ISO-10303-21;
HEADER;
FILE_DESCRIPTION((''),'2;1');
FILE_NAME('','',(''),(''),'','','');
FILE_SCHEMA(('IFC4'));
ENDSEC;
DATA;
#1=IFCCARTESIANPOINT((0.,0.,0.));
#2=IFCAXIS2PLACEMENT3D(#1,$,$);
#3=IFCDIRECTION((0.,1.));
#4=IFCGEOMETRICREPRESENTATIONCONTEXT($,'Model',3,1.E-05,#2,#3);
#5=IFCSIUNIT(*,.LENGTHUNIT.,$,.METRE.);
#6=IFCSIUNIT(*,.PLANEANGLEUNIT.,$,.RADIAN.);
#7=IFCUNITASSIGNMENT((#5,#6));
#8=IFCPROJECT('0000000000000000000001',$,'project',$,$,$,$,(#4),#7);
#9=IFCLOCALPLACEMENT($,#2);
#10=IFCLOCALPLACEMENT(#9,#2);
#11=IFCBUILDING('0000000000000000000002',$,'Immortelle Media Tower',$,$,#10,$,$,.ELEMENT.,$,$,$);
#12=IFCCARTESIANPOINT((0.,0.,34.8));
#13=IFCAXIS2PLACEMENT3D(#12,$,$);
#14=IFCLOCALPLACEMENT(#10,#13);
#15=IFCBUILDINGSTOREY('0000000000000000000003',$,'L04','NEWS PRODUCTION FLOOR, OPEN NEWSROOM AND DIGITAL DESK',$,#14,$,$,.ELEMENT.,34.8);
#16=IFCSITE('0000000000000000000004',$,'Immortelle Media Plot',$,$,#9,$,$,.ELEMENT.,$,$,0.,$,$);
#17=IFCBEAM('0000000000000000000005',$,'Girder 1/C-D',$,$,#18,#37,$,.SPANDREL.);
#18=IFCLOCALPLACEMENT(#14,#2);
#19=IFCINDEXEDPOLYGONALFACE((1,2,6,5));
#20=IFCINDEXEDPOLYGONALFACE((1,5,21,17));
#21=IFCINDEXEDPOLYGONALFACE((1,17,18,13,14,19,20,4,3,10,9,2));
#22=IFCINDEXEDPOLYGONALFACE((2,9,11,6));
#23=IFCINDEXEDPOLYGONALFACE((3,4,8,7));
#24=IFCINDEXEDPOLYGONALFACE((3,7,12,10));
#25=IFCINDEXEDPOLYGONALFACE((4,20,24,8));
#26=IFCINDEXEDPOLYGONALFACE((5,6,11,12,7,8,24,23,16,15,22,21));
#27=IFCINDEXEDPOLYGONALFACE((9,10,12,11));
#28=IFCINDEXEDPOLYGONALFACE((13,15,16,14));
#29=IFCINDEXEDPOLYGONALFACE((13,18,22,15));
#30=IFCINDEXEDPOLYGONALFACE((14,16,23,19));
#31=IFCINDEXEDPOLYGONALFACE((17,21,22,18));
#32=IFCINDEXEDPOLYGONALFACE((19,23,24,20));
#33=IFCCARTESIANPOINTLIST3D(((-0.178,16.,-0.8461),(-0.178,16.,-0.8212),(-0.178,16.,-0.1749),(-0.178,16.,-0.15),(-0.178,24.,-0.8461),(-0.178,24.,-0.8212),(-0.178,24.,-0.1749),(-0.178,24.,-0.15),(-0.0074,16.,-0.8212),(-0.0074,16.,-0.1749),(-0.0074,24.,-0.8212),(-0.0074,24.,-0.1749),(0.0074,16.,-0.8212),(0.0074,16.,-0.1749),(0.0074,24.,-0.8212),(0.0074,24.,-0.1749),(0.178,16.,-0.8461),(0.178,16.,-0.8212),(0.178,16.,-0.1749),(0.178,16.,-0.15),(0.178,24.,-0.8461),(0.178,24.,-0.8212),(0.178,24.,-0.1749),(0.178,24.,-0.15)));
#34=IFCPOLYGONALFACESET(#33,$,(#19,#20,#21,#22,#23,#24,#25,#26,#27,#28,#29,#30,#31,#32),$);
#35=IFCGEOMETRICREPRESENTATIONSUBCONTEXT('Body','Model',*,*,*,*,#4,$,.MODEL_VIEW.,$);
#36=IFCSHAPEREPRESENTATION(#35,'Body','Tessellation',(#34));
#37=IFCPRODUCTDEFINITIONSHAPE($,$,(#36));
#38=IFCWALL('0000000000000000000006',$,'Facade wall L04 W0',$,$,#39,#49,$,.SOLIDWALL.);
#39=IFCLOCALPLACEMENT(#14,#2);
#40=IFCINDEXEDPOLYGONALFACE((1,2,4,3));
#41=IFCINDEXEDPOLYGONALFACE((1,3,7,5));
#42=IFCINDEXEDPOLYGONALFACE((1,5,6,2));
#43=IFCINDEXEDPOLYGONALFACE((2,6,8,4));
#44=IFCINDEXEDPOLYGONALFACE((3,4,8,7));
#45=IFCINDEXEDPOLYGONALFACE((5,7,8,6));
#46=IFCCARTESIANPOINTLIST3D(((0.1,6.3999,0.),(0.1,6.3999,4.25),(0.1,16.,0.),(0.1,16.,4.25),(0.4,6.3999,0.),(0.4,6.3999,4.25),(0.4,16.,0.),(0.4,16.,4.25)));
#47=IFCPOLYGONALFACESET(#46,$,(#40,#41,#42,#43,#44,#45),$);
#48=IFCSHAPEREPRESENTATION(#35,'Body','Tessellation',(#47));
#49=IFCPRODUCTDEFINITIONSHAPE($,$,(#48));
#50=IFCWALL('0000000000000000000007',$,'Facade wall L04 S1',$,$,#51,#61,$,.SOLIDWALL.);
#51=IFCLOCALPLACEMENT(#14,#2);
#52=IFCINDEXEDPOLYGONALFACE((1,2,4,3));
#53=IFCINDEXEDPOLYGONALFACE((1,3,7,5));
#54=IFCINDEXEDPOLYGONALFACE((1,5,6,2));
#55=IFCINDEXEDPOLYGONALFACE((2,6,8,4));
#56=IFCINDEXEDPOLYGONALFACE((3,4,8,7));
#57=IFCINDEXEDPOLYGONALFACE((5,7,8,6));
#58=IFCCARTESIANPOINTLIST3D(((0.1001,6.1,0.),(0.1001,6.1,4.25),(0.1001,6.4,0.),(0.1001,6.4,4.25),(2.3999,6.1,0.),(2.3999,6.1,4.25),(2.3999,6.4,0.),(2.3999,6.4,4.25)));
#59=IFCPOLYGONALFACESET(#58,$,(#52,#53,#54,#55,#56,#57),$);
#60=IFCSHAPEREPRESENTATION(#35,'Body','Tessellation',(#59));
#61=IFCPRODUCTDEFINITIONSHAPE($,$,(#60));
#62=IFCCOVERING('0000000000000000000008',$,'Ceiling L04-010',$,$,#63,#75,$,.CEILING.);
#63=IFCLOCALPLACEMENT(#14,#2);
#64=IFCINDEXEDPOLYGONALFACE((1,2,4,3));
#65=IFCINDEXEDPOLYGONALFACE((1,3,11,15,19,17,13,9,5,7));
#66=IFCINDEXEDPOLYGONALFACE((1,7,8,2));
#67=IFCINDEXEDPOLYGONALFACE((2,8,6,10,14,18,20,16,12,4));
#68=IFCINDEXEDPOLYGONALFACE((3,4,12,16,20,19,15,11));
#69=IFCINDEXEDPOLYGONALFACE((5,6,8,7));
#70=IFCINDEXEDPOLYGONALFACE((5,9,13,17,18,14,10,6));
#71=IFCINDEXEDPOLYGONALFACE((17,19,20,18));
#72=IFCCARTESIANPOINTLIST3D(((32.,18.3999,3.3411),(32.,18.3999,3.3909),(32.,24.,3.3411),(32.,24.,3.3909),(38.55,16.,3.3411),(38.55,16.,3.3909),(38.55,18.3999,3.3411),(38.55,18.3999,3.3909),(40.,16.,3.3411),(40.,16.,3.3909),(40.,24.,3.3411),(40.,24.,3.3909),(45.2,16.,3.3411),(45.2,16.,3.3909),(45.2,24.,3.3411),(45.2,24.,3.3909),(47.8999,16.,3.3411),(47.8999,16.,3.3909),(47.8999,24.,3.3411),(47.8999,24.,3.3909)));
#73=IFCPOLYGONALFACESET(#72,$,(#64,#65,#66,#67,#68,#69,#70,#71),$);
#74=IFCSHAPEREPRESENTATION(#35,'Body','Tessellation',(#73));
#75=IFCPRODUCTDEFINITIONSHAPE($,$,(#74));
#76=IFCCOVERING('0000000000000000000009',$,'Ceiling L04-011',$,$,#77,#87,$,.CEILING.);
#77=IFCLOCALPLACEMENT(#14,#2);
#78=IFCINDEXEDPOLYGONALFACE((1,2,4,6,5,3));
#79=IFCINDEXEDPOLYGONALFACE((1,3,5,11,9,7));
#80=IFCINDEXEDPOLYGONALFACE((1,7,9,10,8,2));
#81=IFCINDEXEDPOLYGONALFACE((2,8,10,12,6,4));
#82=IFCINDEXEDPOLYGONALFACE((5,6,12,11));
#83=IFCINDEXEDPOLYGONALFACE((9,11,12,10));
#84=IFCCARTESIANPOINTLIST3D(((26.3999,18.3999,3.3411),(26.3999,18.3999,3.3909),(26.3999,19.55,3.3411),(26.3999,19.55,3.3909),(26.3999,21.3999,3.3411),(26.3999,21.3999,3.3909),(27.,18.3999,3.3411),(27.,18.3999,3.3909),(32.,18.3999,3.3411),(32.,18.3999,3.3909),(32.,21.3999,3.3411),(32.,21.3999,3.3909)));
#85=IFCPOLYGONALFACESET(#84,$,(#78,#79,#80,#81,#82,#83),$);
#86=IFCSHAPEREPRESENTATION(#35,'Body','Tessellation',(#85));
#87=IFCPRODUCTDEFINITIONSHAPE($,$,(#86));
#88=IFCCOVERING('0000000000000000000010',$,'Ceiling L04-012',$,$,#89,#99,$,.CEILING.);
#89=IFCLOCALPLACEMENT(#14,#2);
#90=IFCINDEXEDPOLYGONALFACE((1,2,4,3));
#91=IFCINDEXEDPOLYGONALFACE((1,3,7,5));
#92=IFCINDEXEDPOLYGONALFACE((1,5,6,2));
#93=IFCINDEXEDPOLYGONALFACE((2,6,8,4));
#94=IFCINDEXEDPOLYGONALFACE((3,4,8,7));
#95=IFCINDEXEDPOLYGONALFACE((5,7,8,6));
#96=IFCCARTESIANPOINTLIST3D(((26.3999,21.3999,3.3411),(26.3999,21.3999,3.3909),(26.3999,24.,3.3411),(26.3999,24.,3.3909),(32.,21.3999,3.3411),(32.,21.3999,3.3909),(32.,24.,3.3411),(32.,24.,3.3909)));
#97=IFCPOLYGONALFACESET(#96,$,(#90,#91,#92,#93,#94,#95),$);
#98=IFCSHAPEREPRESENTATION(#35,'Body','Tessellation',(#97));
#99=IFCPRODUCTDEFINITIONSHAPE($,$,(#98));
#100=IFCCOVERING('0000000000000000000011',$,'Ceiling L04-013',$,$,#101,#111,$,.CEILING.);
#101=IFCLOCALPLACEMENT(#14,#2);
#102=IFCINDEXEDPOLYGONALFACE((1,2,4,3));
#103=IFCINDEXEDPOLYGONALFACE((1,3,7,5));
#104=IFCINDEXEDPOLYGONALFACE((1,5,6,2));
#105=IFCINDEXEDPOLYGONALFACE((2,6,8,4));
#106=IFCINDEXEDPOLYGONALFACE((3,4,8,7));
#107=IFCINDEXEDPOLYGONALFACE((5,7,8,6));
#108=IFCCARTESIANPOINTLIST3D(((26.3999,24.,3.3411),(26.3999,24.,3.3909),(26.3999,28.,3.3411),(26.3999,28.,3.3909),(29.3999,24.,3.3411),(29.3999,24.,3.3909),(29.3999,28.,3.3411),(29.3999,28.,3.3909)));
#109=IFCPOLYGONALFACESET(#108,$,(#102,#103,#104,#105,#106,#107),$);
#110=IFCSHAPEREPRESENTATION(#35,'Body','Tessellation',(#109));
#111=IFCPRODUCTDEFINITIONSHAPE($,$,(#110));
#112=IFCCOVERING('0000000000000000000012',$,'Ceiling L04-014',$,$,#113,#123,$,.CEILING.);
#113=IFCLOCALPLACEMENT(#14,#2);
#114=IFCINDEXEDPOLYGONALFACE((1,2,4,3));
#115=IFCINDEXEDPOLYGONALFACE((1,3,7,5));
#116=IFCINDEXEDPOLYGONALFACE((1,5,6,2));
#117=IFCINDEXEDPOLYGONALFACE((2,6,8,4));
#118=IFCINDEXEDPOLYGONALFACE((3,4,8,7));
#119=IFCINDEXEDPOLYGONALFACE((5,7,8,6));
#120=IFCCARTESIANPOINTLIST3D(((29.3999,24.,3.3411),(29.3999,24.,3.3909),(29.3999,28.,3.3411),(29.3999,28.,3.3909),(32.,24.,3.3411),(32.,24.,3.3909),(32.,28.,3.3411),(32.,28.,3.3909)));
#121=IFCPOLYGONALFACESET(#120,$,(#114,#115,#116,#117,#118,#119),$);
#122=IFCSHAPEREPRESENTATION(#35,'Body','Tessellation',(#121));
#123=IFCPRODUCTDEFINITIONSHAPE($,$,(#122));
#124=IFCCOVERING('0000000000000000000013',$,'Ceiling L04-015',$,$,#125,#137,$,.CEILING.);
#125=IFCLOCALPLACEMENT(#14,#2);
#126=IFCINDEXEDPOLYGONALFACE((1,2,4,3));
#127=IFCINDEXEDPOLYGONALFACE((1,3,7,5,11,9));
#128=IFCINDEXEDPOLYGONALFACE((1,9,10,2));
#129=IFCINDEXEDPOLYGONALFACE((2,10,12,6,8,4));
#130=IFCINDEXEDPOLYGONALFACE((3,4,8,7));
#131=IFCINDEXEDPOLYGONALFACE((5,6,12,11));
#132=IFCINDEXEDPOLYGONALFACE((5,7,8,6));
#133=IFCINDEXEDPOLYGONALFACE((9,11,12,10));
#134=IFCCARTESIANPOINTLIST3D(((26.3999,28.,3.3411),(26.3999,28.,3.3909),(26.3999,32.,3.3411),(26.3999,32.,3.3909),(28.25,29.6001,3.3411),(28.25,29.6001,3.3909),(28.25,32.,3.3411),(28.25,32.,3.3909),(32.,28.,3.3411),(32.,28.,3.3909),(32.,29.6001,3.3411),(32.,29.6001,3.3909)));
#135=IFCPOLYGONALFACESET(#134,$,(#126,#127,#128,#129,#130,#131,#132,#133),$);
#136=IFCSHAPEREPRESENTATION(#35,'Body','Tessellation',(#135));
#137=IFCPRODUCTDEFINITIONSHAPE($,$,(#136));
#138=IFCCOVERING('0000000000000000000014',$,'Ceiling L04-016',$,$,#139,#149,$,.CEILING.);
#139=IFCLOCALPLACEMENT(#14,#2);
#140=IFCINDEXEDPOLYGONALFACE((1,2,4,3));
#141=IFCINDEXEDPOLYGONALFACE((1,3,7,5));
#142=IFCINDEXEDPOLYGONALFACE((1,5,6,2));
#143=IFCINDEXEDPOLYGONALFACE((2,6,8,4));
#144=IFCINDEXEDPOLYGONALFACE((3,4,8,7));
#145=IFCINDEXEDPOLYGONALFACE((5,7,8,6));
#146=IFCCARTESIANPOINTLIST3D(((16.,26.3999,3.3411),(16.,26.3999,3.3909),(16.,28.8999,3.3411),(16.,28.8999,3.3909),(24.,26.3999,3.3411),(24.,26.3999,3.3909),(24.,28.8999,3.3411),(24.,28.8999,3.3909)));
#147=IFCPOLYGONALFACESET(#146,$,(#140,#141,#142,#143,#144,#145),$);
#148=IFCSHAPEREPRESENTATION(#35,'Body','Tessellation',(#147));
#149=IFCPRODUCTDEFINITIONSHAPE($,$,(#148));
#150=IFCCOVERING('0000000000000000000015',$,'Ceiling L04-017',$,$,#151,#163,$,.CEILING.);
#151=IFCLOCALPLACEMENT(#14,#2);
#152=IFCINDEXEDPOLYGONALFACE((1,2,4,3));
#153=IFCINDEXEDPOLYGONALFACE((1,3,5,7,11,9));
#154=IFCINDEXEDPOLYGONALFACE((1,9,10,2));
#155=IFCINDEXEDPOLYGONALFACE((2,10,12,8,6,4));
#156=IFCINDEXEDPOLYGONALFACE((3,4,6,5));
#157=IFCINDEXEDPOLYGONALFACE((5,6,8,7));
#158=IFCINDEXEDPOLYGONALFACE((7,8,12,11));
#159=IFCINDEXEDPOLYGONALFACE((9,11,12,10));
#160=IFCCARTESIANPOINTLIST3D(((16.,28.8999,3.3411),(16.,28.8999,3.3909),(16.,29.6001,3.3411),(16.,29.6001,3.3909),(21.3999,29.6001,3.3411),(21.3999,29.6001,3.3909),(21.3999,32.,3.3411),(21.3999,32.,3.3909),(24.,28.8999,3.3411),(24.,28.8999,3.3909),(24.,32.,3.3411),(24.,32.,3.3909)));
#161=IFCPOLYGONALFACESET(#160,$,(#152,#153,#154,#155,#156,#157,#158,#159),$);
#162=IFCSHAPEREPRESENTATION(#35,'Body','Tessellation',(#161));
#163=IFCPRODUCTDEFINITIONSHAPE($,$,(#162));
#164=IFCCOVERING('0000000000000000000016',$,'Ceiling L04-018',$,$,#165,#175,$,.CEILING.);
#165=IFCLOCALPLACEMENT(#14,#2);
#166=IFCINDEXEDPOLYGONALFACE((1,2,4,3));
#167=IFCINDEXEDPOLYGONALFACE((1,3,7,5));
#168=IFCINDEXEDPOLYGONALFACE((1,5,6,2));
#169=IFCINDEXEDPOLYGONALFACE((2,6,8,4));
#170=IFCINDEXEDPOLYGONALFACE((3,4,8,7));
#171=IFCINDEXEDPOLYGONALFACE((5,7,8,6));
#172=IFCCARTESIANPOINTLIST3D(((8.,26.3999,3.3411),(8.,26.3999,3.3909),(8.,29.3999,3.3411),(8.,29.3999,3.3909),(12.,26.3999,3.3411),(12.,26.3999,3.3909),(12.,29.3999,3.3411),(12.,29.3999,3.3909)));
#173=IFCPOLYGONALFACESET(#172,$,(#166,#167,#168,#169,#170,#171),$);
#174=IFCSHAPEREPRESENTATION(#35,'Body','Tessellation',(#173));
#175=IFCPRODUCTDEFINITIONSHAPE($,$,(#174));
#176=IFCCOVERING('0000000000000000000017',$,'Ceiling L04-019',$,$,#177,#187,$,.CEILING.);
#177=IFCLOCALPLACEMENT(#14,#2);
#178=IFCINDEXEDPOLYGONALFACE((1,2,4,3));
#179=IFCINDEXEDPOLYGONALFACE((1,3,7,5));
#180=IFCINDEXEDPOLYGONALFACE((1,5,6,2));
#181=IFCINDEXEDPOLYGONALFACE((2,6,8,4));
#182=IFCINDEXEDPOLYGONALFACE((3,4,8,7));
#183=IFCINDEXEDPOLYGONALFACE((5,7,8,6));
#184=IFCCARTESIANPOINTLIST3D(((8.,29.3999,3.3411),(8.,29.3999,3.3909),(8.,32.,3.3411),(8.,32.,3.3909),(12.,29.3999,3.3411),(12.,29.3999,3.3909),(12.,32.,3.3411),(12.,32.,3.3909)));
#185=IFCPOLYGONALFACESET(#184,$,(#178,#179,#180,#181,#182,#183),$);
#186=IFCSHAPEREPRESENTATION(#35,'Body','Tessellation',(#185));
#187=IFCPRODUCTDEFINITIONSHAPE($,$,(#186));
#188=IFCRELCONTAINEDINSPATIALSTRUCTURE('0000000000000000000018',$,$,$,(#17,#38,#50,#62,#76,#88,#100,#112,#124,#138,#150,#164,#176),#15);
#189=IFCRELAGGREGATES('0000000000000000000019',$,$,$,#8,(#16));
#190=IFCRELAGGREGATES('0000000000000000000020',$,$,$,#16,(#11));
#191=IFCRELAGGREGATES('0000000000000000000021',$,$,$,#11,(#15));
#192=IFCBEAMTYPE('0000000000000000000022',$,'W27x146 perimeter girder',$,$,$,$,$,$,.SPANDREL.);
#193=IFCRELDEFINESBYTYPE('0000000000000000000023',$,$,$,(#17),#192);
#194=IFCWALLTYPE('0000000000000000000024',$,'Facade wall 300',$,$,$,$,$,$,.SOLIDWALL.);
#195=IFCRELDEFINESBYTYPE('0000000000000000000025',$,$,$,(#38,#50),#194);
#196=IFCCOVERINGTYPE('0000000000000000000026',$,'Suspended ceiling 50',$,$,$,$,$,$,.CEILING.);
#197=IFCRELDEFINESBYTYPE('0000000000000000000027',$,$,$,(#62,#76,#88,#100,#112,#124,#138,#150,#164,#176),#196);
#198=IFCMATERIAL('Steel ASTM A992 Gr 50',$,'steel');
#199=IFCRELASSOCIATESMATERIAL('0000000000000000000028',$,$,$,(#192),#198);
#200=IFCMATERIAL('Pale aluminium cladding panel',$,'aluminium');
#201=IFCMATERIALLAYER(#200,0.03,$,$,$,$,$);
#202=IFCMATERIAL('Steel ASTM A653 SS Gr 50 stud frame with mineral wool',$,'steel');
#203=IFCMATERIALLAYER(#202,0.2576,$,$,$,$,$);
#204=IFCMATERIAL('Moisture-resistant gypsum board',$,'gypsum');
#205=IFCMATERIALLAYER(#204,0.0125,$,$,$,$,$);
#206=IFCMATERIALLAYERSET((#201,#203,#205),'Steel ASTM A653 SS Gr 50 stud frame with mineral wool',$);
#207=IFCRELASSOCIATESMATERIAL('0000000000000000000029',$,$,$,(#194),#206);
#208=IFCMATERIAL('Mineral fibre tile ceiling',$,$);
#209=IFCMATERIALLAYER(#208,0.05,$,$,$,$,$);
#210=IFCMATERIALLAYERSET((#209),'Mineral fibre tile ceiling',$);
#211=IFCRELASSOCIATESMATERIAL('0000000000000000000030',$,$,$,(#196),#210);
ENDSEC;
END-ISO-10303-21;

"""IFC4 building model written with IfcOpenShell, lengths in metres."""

from ifc_helpers import new_model, si_unit, direction, frame, frame_2d, origin, origin_2d, place, context, subcontext, project, spatial, polyline, rectangle, i_section, outline, extrude, material, layer, layer_set, material_profile, profile_set, type_object, element, save


model = new_model("IFC4")

# Units and contexts
model_context = context("Model", 3, precision=1e-05, world=origin(), true_north=direction((0.0, 1.0)))
body_context = subcontext(model_context, "Body", "Model", "MODEL_VIEW")
ifc_project = project(units=[si_unit("LENGTHUNIT", "METRE"), si_unit("PLANEANGLEUNIT", "RADIAN")], contexts=[model_context])

# Site, building, storey
site_placement = place(None, origin())
site = spatial("IfcSite", under=ifc_project, at=site_placement, Name="Immortelle Media Plot", CompositionType="ELEMENT", RefElevation=0.0)
building_placement = place(site_placement, origin())
building = spatial("IfcBuilding", under=site, at=building_placement, Name="Immortelle Media Tower", CompositionType="ELEMENT")
storey_placement = place(building_placement, frame((0.0, 0.0, 34.8)))
storey = spatial("IfcBuildingStorey", under=building, at=storey_placement, Name="L04", Description="NEWS PRODUCTION FLOOR, OPEN NEWSROOM AND DIGITAL DESK", CompositionType="ELEMENT", Elevation=34.8)

# Shared definitions
ifc_material_1 = material(Name="Steel ASTM A992 Gr 50", Category="steel")

# Beam
ifc_material_profile_1 = material_profile(ifc_material_1, i_section(OverallWidth=0.356, OverallDepth=0.696, WebThickness=0.0149, FlangeThickness=0.0249, at=origin_2d()), Name="W27x146")
ifc_profile_set_1 = profile_set([ifc_material_profile_1], Name="Steel ASTM A992 Gr 50")
beam_type_1 = type_object("IfcBeamType", Name="W27x146 perimeter girder", PredefinedType="SPANDREL", material=ifc_profile_set_1)
for number, where, z_axis, x_axis, name in (
    (1, (0.0, 16.0, -0.498), (0.0, 1.0, 0.0), (-1.0, 0.0, 0.0), "Girder 1/C-D"),
):
    element("IfcBeam", number, at=place(storey_placement, frame(where, z_axis=z_axis, x_axis=x_axis)), inside=storey, type_object=beam_type_1, Name=name, PredefinedType="SPANDREL", context=body_context, shape_type="SweptSolid", body=[
        extrude(i_section(OverallWidth=0.356, OverallDepth=0.696, WebThickness=0.0149, FlangeThickness=0.0249, at=origin_2d()), origin(), (0.0, 0.0, 1.0), 8.0),
    ])

# Walls
ifc_material_2 = material(Name="Pale aluminium cladding panel", Category="aluminium")
ifc_layer_1 = layer(ifc_material_2, 0.03)
ifc_material_3 = material(Name="Steel ASTM A653 SS Gr 50 stud frame with mineral wool", Category="steel")
ifc_layer_2 = layer(ifc_material_3, 0.2576)
ifc_material_4 = material(Name="Moisture-resistant gypsum board", Category="gypsum")
ifc_layer_3 = layer(ifc_material_4, 0.0125)
ifc_layer_set_1 = layer_set([ifc_layer_1, ifc_layer_2, ifc_layer_3], Name="Steel ASTM A653 SS Gr 50 stud frame with mineral wool")
wall_type = type_object("IfcWallType", Name="Facade wall 300", PredefinedType="SOLIDWALL", material=ifc_layer_set_1)
wall_1_placement = place(storey_placement, frame((0.25, 16.0, 0.0), z_axis=(0.0, 0.0, 1.0), x_axis=(0.0, -1.0, 0.0)))
element("IfcWall", 2, at=wall_1_placement, inside=storey, type_object=wall_type, Name="Facade wall L04 W0", PredefinedType="SOLIDWALL", context=body_context, shape_type="SweptSolid", body=[
    extrude(rectangle(XDim=9.6001, YDim=0.3, at=frame_2d((4.8, 0.0))), origin(), (0.0, 0.0, 1.0), 4.25),
])
wall_2_placement = place(storey_placement, frame((0.1001, 6.25, 0.0), z_axis=(0.0, 0.0, 1.0), x_axis=(1.0, 0.0, 0.0)))
element("IfcWall", 3, at=wall_2_placement, inside=storey, type_object=wall_type, Name="Facade wall L04 S1", PredefinedType="SOLIDWALL", context=body_context, shape_type="SweptSolid", body=[
    extrude(rectangle(XDim=2.2998, YDim=0.3, at=frame_2d((1.1499, 0.0))), origin(), (0.0, 0.0, 1.0), 4.25),
])

# Coverings
ifc_material_5 = material(Name="Mineral fibre tile ceiling")
ifc_layer_4 = layer(ifc_material_5, 0.05)
ifc_layer_set_2 = layer_set([ifc_layer_4], Name="Mineral fibre tile ceiling")
covering_type = type_object("IfcCoveringType", Name="Suspended ceiling 50", PredefinedType="CEILING", material=ifc_layer_set_2)
covering_1_placement = place(storey_placement, frame((0.0, 0.0, 3.3411)))
element("IfcCovering", 4, at=covering_1_placement, inside=storey, type_object=covering_type, Name="Ceiling L04-010", PredefinedType="CEILING", context=body_context, shape_type="SweptSolid", body=[
    extrude(outline(polyline([(38.55, 16.0), (38.55, 18.3999), (32.0, 18.3999), (32.0, 24.0), (40.0, 24.0), (45.2, 24.0), (47.8999, 24.0), (47.8999, 16.0), (45.2, 16.0), (40.0, 16.0), (38.55, 16.0)])), origin(), (0.0, 0.0, 1.0), 0.0498),
])
covering_2_placement = place(storey_placement, frame((0.0, 0.0, 3.3411)))
element("IfcCovering", 5, at=covering_2_placement, inside=storey, type_object=covering_type, Name="Ceiling L04-011", PredefinedType="CEILING", context=body_context, shape_type="SweptSolid", body=[
    extrude(outline(polyline([(27.0, 18.3999), (26.3999, 18.3999), (26.3999, 19.55), (26.3999, 21.3999), (32.0, 21.3999), (32.0, 18.3999), (27.0, 18.3999)])), origin(), (0.0, 0.0, 1.0), 0.0498),
])
covering_3_placement = place(storey_placement, frame((0.0, 0.0, 3.3411)))
element("IfcCovering", 6, at=covering_3_placement, inside=storey, type_object=covering_type, Name="Ceiling L04-012", PredefinedType="CEILING", context=body_context, shape_type="SweptSolid", body=[
    extrude(outline(polyline([(26.3999, 24.0), (32.0, 24.0), (32.0, 21.3999), (26.3999, 21.3999), (26.3999, 24.0)])), origin(), (0.0, 0.0, 1.0), 0.0498),
])
covering_4_placement = place(storey_placement, frame((0.0, 0.0, 3.3411)))
element("IfcCovering", 7, at=covering_4_placement, inside=storey, type_object=covering_type, Name="Ceiling L04-013", PredefinedType="CEILING", context=body_context, shape_type="SweptSolid", body=[
    extrude(outline(polyline([(29.3999, 28.0), (29.3999, 24.0), (26.3999, 24.0), (26.3999, 28.0), (29.3999, 28.0)])), origin(), (0.0, 0.0, 1.0), 0.0498),
])
covering_5_placement = place(storey_placement, frame((0.0, 0.0, 3.3411)))
element("IfcCovering", 8, at=covering_5_placement, inside=storey, type_object=covering_type, Name="Ceiling L04-014", PredefinedType="CEILING", context=body_context, shape_type="SweptSolid", body=[
    extrude(outline(polyline([(32.0, 28.0), (32.0, 24.0), (29.3999, 24.0), (29.3999, 28.0), (32.0, 28.0)])), origin(), (0.0, 0.0, 1.0), 0.0498),
])
covering_6_placement = place(storey_placement, frame((0.0, 0.0, 3.3411)))
element("IfcCovering", 9, at=covering_6_placement, inside=storey, type_object=covering_type, Name="Ceiling L04-015", PredefinedType="CEILING", context=body_context, shape_type="SweptSolid", body=[
    extrude(outline(polyline([(26.3999, 32.0), (28.25, 32.0), (28.25, 29.6001), (32.0, 29.6001), (32.0, 28.0), (26.3999, 28.0), (26.3999, 32.0)])), origin(), (0.0, 0.0, 1.0), 0.0498),
])
covering_7_placement = place(storey_placement, frame((0.0, 0.0, 3.3411)))
element("IfcCovering", 10, at=covering_7_placement, inside=storey, type_object=covering_type, Name="Ceiling L04-016", PredefinedType="CEILING", context=body_context, shape_type="SweptSolid", body=[
    extrude(outline(polyline([(16.0, 28.8999), (24.0, 28.8999), (24.0, 26.3999), (16.0, 26.3999), (16.0, 28.8999)])), origin(), (0.0, 0.0, 1.0), 0.0498),
])
covering_8_placement = place(storey_placement, frame((0.0, 0.0, 3.3411)))
element("IfcCovering", 11, at=covering_8_placement, inside=storey, type_object=covering_type, Name="Ceiling L04-017", PredefinedType="CEILING", context=body_context, shape_type="SweptSolid", body=[
    extrude(outline(polyline([(16.0, 29.6001), (21.3999, 29.6001), (21.3999, 32.0), (24.0, 32.0), (24.0, 28.8999), (16.0, 28.8999), (16.0, 29.6001)])), origin(), (0.0, 0.0, 1.0), 0.0498),
])
covering_9_placement = place(storey_placement, frame((0.0, 0.0, 3.3411)))
element("IfcCovering", 12, at=covering_9_placement, inside=storey, type_object=covering_type, Name="Ceiling L04-018", PredefinedType="CEILING", context=body_context, shape_type="SweptSolid", body=[
    extrude(outline(polyline([(12.0, 26.3999), (8.0, 26.3999), (8.0, 29.3999), (12.0, 29.3999), (12.0, 26.3999)])), origin(), (0.0, 0.0, 1.0), 0.0498),
])
covering_10_placement = place(storey_placement, frame((0.0, 0.0, 3.3411)))
element("IfcCovering", 13, at=covering_10_placement, inside=storey, type_object=covering_type, Name="Ceiling L04-019", PredefinedType="CEILING", context=body_context, shape_type="SweptSolid", body=[
    extrude(outline(polyline([(12.0, 32.0), (12.0, 29.3999), (8.0, 29.3999), (8.0, 32.0), (12.0, 32.0)])), origin(), (0.0, 0.0, 1.0), 0.0498),
])

save(model, "model.ifc")
